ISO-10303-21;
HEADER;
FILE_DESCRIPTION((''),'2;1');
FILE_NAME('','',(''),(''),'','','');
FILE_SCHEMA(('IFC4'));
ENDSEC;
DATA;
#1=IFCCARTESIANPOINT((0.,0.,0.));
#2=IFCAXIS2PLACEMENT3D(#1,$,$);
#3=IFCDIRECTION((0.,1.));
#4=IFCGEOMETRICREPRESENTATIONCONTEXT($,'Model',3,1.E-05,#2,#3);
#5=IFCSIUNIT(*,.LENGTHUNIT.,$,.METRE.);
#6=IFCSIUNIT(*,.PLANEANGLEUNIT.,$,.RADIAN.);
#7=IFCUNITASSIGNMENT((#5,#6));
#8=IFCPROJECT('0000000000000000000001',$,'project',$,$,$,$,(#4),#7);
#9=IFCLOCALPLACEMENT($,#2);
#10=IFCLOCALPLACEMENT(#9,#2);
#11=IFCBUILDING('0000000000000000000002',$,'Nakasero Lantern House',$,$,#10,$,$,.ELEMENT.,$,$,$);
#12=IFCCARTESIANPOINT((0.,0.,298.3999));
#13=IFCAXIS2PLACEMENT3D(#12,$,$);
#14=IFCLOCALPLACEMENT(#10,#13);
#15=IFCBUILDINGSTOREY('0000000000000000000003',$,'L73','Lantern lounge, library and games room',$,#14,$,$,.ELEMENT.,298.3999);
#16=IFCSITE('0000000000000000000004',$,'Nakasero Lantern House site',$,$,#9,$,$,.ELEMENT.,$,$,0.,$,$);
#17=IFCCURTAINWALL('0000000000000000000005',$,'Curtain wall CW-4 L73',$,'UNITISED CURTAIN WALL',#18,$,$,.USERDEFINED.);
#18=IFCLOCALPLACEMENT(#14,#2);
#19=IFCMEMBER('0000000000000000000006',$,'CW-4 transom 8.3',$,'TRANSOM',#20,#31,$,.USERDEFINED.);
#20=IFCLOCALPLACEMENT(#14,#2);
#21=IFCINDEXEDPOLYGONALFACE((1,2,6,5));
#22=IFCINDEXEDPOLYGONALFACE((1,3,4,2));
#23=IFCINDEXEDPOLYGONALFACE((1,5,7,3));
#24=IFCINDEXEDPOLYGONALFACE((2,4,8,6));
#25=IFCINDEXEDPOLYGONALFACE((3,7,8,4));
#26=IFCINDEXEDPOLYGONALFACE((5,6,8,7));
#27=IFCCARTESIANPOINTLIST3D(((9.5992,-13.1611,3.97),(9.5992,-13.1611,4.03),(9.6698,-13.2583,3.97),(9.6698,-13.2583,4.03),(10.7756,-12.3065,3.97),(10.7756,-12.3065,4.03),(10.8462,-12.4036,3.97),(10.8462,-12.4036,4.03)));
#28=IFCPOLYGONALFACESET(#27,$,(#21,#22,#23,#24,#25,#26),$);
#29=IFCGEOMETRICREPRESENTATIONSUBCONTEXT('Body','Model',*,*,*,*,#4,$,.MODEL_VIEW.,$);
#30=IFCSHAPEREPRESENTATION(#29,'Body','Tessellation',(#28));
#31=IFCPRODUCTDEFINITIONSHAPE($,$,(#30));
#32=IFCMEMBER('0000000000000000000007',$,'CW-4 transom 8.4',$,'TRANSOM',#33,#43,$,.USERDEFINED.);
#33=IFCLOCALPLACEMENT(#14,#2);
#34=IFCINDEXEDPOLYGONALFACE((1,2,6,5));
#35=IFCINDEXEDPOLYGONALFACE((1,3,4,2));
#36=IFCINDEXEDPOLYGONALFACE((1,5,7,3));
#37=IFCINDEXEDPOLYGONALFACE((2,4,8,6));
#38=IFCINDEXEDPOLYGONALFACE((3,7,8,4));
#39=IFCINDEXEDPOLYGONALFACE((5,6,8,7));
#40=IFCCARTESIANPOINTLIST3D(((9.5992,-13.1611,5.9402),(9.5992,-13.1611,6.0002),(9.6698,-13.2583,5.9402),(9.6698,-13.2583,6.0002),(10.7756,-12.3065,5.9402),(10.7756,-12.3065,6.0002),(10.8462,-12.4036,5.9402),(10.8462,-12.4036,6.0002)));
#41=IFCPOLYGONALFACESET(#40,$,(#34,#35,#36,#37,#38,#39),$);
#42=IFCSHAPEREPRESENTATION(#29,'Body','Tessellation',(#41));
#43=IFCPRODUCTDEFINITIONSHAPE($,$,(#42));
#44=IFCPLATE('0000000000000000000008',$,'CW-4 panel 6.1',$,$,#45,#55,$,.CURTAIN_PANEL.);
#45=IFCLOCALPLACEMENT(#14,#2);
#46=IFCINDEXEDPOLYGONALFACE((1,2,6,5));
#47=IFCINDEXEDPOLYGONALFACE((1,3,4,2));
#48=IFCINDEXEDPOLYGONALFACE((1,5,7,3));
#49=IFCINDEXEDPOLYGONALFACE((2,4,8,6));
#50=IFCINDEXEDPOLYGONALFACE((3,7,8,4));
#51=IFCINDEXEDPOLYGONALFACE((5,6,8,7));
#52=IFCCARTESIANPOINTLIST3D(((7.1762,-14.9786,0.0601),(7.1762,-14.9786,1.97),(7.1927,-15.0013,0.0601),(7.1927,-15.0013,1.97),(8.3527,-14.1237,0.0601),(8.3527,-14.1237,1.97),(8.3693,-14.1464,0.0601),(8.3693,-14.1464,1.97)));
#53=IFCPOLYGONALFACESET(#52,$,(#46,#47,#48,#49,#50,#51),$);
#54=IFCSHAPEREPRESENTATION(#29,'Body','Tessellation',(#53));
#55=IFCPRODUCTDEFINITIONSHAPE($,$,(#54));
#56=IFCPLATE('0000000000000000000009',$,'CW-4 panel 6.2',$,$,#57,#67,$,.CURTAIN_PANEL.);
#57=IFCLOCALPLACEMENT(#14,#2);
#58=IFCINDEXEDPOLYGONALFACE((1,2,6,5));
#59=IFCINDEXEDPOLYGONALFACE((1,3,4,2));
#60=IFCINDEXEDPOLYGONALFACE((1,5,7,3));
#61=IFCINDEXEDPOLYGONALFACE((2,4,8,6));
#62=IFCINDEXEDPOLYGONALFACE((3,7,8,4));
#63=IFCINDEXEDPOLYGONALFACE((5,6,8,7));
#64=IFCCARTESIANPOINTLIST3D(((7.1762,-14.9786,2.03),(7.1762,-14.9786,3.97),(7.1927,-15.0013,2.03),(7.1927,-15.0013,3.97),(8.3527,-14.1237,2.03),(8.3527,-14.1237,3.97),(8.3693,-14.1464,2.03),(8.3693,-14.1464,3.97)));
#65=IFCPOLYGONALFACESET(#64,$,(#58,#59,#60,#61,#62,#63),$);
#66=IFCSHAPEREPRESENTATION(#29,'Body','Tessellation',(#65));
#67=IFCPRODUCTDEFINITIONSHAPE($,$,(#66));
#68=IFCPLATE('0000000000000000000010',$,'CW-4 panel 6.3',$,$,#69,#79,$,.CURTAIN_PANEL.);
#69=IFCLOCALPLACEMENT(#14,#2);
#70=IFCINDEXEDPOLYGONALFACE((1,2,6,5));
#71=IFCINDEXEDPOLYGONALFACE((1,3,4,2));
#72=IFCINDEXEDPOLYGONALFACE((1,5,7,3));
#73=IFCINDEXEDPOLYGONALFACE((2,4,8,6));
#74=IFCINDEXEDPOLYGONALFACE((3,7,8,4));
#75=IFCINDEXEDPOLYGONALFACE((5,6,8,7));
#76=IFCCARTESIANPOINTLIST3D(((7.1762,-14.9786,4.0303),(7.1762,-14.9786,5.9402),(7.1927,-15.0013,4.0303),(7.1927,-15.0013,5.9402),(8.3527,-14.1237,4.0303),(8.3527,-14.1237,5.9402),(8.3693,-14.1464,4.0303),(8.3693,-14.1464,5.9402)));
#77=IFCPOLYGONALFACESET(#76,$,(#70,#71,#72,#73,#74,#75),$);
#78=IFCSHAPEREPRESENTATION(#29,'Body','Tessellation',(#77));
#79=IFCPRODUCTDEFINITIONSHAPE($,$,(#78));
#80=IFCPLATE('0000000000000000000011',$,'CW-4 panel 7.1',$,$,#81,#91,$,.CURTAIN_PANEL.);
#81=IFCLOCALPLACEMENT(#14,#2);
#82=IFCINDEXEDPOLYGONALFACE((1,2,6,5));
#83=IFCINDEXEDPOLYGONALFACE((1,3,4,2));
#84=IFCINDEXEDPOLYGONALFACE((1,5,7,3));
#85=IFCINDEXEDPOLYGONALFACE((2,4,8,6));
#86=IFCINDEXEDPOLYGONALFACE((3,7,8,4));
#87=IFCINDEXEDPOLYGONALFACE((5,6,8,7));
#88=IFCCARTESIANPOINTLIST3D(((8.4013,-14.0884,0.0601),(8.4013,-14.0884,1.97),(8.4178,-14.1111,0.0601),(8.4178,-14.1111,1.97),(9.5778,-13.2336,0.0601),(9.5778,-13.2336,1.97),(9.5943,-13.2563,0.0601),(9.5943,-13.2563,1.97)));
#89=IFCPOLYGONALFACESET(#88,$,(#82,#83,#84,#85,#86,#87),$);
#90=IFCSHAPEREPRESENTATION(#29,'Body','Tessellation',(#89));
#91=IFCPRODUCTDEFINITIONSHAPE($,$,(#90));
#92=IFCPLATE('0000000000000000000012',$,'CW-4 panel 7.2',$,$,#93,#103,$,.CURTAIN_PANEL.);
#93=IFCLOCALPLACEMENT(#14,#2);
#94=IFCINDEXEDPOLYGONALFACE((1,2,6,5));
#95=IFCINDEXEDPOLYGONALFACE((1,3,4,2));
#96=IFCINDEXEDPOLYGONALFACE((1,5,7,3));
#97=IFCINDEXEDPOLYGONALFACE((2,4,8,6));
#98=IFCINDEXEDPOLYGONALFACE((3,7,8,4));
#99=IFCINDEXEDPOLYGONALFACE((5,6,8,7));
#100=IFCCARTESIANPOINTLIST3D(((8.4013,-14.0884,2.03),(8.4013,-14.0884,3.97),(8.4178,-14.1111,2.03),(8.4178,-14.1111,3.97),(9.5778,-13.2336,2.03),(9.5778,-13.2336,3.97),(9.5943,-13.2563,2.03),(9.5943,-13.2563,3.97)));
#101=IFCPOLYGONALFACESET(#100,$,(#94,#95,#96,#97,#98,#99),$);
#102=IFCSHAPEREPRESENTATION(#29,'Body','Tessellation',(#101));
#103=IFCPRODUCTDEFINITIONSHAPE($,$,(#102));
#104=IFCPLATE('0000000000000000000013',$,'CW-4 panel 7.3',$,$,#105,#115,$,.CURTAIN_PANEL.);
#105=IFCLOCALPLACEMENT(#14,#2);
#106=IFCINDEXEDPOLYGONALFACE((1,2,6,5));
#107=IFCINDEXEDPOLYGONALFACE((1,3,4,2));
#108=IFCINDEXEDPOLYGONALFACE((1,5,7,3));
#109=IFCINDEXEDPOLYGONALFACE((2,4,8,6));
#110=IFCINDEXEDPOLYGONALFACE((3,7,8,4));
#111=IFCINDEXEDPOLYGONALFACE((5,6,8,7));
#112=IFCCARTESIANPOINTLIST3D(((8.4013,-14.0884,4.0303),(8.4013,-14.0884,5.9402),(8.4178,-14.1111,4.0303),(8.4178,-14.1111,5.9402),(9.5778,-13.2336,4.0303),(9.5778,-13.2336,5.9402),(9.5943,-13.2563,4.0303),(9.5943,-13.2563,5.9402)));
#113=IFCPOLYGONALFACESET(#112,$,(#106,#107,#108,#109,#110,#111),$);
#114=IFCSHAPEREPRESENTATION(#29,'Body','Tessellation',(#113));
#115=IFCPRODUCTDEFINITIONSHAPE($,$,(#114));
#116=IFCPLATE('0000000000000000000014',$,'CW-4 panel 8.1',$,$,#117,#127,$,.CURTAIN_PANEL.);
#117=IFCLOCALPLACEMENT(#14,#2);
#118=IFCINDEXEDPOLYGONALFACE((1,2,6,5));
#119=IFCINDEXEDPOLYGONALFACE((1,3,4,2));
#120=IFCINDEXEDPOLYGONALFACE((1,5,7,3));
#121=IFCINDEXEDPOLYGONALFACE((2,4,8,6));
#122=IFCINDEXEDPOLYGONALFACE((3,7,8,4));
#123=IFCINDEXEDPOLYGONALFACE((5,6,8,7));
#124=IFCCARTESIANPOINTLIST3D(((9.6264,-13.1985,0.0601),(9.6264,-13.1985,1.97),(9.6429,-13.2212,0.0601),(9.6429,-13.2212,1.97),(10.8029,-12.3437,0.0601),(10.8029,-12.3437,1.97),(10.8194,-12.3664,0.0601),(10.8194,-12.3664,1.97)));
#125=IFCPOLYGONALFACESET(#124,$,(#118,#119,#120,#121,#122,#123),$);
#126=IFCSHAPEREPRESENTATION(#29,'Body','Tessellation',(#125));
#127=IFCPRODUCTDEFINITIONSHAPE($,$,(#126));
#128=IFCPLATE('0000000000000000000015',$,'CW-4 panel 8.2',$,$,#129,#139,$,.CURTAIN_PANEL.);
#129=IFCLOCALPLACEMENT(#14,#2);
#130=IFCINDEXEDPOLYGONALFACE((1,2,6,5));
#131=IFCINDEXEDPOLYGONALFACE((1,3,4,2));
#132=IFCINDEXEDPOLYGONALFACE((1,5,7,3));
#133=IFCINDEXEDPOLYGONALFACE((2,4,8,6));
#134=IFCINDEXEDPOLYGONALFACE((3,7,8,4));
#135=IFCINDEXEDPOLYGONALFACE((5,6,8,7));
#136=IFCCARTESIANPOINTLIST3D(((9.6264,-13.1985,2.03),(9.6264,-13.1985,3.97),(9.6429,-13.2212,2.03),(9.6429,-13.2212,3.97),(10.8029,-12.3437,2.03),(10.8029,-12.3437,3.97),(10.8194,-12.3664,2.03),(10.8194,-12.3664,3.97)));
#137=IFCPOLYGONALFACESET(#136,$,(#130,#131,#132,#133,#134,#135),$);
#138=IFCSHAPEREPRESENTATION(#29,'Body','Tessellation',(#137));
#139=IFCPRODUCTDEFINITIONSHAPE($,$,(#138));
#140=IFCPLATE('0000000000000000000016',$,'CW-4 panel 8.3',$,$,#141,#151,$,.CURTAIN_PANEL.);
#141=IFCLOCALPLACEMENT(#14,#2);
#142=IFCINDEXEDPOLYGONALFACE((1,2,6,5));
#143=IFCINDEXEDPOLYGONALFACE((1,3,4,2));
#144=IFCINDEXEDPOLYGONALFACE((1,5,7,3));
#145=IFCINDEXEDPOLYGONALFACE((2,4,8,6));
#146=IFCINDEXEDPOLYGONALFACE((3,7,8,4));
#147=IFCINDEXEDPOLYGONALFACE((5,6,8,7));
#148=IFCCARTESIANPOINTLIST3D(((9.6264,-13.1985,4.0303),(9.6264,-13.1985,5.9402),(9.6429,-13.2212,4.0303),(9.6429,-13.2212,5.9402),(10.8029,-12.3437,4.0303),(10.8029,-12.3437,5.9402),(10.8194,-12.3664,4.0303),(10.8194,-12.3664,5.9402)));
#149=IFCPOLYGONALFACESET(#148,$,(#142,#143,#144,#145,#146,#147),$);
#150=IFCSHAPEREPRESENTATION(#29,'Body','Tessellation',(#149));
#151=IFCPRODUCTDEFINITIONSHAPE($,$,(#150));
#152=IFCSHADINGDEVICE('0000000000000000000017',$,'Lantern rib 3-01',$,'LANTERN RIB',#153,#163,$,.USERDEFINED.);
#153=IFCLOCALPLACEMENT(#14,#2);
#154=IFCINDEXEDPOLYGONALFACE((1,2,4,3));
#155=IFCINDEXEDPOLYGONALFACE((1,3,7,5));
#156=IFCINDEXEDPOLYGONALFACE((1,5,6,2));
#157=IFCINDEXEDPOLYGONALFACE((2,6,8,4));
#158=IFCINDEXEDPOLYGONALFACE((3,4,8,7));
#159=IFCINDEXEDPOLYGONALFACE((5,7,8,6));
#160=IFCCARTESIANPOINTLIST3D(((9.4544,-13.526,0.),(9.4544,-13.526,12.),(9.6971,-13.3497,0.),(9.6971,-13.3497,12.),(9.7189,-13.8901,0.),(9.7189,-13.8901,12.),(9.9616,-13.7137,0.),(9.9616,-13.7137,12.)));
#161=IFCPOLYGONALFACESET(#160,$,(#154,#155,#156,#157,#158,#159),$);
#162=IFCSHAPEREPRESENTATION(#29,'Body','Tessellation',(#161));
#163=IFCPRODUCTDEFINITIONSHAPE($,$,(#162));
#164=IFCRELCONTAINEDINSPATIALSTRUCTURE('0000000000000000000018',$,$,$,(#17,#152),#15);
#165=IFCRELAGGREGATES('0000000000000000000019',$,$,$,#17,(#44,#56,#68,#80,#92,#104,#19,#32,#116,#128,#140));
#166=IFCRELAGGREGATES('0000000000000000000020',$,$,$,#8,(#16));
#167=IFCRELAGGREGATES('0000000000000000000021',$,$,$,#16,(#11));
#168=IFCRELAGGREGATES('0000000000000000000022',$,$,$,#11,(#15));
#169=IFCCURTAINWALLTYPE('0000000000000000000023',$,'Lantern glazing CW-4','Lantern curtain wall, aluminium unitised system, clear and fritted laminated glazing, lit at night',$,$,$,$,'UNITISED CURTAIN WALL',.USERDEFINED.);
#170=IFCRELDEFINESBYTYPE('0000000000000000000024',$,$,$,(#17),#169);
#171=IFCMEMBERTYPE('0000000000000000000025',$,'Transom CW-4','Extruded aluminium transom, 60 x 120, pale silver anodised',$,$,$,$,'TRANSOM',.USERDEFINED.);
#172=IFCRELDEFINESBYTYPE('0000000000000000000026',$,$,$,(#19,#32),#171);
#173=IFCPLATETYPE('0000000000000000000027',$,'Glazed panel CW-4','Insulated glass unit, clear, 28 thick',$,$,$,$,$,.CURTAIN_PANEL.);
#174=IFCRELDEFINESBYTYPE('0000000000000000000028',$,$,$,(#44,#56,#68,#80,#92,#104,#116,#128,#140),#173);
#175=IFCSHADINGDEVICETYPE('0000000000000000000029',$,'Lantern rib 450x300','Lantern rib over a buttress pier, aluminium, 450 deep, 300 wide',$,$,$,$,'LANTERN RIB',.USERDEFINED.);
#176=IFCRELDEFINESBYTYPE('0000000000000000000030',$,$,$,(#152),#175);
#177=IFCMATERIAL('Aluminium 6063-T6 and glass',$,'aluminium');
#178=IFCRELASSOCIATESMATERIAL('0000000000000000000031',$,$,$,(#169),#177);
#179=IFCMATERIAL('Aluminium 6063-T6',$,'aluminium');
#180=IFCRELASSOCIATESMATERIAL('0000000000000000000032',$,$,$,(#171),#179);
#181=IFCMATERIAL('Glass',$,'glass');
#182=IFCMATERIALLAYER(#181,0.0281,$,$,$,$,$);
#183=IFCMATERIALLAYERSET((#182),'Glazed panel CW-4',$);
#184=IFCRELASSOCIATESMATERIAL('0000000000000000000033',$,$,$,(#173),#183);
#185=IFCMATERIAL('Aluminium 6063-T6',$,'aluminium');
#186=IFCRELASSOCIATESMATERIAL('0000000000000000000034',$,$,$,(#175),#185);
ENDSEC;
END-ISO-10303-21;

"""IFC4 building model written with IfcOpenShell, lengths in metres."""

from ifc_helpers import new_model, si_unit, direction, frame, origin, origin_2d, place, context, subcontext, project, spatial, rectangle, extrude, material, layer, layer_set, material_profile, profile_set, type_object, element, aggregate, save


model = new_model("IFC4")

# Units and contexts
model_context = context("Model", 3, precision=1e-05, world=origin(), true_north=direction((0.0, 1.0)))
body_context = subcontext(model_context, "Body", "Model", "MODEL_VIEW")
ifc_project = project(units=[si_unit("LENGTHUNIT", "METRE"), si_unit("PLANEANGLEUNIT", "RADIAN")], contexts=[model_context])

# Site, building, storey
site_placement = place(None, origin())
site = spatial("IfcSite", under=ifc_project, at=site_placement, Name="Nakasero Lantern House site", CompositionType="ELEMENT", RefElevation=0.0)
building_placement = place(site_placement, origin())
building = spatial("IfcBuilding", under=site, at=building_placement, Name="Nakasero Lantern House", CompositionType="ELEMENT")
storey_placement = place(building_placement, frame((0.0, 0.0, 298.3999)))
storey = spatial("IfcBuildingStorey", under=building, at=storey_placement, Name="L73", Description="Lantern lounge, library and games room", CompositionType="ELEMENT", Elevation=298.3999)

# Curtain wall
ifc_material_1 = material(Name="Aluminium 6063-T6 and glass", Category="aluminium")
curtain_wall_type = type_object("IfcCurtainWallType", Name="Lantern glazing CW-4", Description="Lantern curtain wall, aluminium unitised system, clear and fritted laminated glazing, lit at night", ElementType="UNITISED CURTAIN WALL", PredefinedType="USERDEFINED", material=ifc_material_1)
curtain_wall_placement = place(storey_placement, origin())
curtain_wall = element("IfcCurtainWall", 1, at=curtain_wall_placement, inside=storey, type_object=curtain_wall_type, Name="Curtain wall CW-4 L73", ObjectType="UNITISED CURTAIN WALL", PredefinedType="USERDEFINED")

# Members
ifc_material_2 = material(Name="Aluminium 6063-T6", Category="aluminium")
ifc_material_profile_1 = material_profile(ifc_material_2, rectangle(XDim=0.0601, YDim=0.1201, at=origin_2d()), Name="CW-4 transom 60x120")
ifc_profile_set_1 = profile_set([ifc_material_profile_1], Name="Aluminium 6063-T6")
member_type_1 = type_object("IfcMemberType", Name="Transom CW-4", Description="Extruded aluminium transom, 60 x 120, pale silver anodised", ElementType="TRANSOM", PredefinedType="USERDEFINED", material=ifc_profile_set_1)
member_1_placement = place(storey_placement, frame((9.6345, -13.2097, 4.0), z_axis=(0.809034, 0.587762, 0.0), x_axis=(0.0, 0.0, 1.0)))
member_1 = element("IfcMember", 2, at=member_1_placement, type_object=member_type_1, Name="CW-4 transom 8.3", ObjectType="TRANSOM", PredefinedType="USERDEFINED", context=body_context, shape_type="SweptSolid", body=[
    extrude(rectangle(XDim=0.0601, YDim=0.1201, at=origin_2d()), origin(), (0.0, 0.0, 1.0), 1.4541),
])
member_2_placement = place(storey_placement, frame((9.6345, -13.2097, 5.9702), z_axis=(0.809034, 0.587762, 0.0), x_axis=(0.0, 0.0, 1.0)))
member_2 = element("IfcMember", 3, at=member_2_placement, type_object=member_type_1, Name="CW-4 transom 8.4", ObjectType="TRANSOM", PredefinedType="USERDEFINED", context=body_context, shape_type="SweptSolid", body=[
    extrude(rectangle(XDim=0.0601, YDim=0.1201, at=origin_2d()), origin(), (0.0, 0.0, 1.0), 1.4541),
])

# Plates
ifc_material_3 = material(Name="Glass", Category="glass")
ifc_layer = layer(ifc_material_3, 0.0281)
ifc_layer_set = layer_set([ifc_layer], Name="Glazed panel CW-4")
plate_type = type_object("IfcPlateType", Name="Glazed panel CW-4", Description="Insulated glass unit, clear, 28 thick", PredefinedType="CURTAIN_PANEL", material=ifc_layer_set)
plate_1_placement = place(storey_placement, frame((7.7727, -14.5625, 0.0601), z_axis=(0.0, 0.0, 1.0), x_axis=(0.809017, 0.587785, 0.0)))
plate_1 = element("IfcPlate", 4, at=plate_1_placement, type_object=plate_type, Name="CW-4 panel 6.1", PredefinedType="CURTAIN_PANEL", context=body_context, shape_type="SweptSolid", body=[
    extrude(rectangle(XDim=1.4543, YDim=0.0281, at=origin_2d()), origin(), (0.0, 0.0, 1.0), 1.9099),
])
plate_2_placement = place(storey_placement, frame((7.7727, -14.5625, 2.03), z_axis=(0.0, 0.0, 1.0), x_axis=(0.809017, 0.587785, 0.0)))
plate_2 = element("IfcPlate", 5, at=plate_2_placement, type_object=plate_type, Name="CW-4 panel 6.2", PredefinedType="CURTAIN_PANEL", context=body_context, shape_type="SweptSolid", body=[
    extrude(rectangle(XDim=1.4543, YDim=0.0281, at=origin_2d()), origin(), (0.0, 0.0, 1.0), 1.9399),
])
plate_3_placement = place(storey_placement, frame((7.7727, -14.5625, 4.0303), z_axis=(0.0, 0.0, 1.0), x_axis=(0.809017, 0.587785, 0.0)))
plate_3 = element("IfcPlate", 6, at=plate_3_placement, type_object=plate_type, Name="CW-4 panel 6.3", PredefinedType="CURTAIN_PANEL", context=body_context, shape_type="SweptSolid", body=[
    extrude(rectangle(XDim=1.4543, YDim=0.0281, at=origin_2d()), origin(), (0.0, 0.0, 1.0), 1.9099),
])
plate_4_placement = place(storey_placement, frame((8.9978, -13.6724, 0.0601), z_axis=(0.0, 0.0, 1.0), x_axis=(0.809017, 0.587785, 0.0)))
plate_4 = element("IfcPlate", 7, at=plate_4_placement, type_object=plate_type, Name="CW-4 panel 7.1", PredefinedType="CURTAIN_PANEL", context=body_context, shape_type="SweptSolid", body=[
    extrude(rectangle(XDim=1.4543, YDim=0.0281, at=origin_2d()), origin(), (0.0, 0.0, 1.0), 1.9099),
])
plate_5_placement = place(storey_placement, frame((8.9978, -13.6724, 2.03), z_axis=(0.0, 0.0, 1.0), x_axis=(0.809017, 0.587785, 0.0)))
plate_5 = element("IfcPlate", 8, at=plate_5_placement, type_object=plate_type, Name="CW-4 panel 7.2", PredefinedType="CURTAIN_PANEL", context=body_context, shape_type="SweptSolid", body=[
    extrude(rectangle(XDim=1.4543, YDim=0.0281, at=origin_2d()), origin(), (0.0, 0.0, 1.0), 1.9399),
])
plate_6_placement = place(storey_placement, frame((8.9978, -13.6724, 4.0303), z_axis=(0.0, 0.0, 1.0), x_axis=(0.809017, 0.587785, 0.0)))
plate_6 = element("IfcPlate", 9, at=plate_6_placement, type_object=plate_type, Name="CW-4 panel 7.3", PredefinedType="CURTAIN_PANEL", context=body_context, shape_type="SweptSolid", body=[
    extrude(rectangle(XDim=1.4543, YDim=0.0281, at=origin_2d()), origin(), (0.0, 0.0, 1.0), 1.9099),
])
plate_7_placement = place(storey_placement, frame((10.2229, -12.7825, 0.0601), z_axis=(0.0, 0.0, 1.0), x_axis=(0.809017, 0.587785, 0.0)))
plate_7 = element("IfcPlate", 10, at=plate_7_placement, type_object=plate_type, Name="CW-4 panel 8.1", PredefinedType="CURTAIN_PANEL", context=body_context, shape_type="SweptSolid", body=[
    extrude(rectangle(XDim=1.4543, YDim=0.0281, at=origin_2d()), origin(), (0.0, 0.0, 1.0), 1.9099),
])
plate_8_placement = place(storey_placement, frame((10.2229, -12.7825, 2.03), z_axis=(0.0, 0.0, 1.0), x_axis=(0.809017, 0.587785, 0.0)))
plate_8 = element("IfcPlate", 11, at=plate_8_placement, type_object=plate_type, Name="CW-4 panel 8.2", PredefinedType="CURTAIN_PANEL", context=body_context, shape_type="SweptSolid", body=[
    extrude(rectangle(XDim=1.4543, YDim=0.0281, at=origin_2d()), origin(), (0.0, 0.0, 1.0), 1.9399),
])
plate_9_placement = place(storey_placement, frame((10.2229, -12.7825, 4.0303), z_axis=(0.0, 0.0, 1.0), x_axis=(0.809017, 0.587785, 0.0)))
plate_9 = element("IfcPlate", 12, at=plate_9_placement, type_object=plate_type, Name="CW-4 panel 8.3", PredefinedType="CURTAIN_PANEL", context=body_context, shape_type="SweptSolid", body=[
    extrude(rectangle(XDim=1.4543, YDim=0.0281, at=origin_2d()), origin(), (0.0, 0.0, 1.0), 1.9099),
])
aggregate(curtain_wall, [plate_1, plate_2, plate_3, plate_4, plate_5, plate_6, member_1, member_2, plate_7, plate_8, plate_9])

# Shading device
ifc_material_4 = material(Name="Aluminium 6063-T6", Category="aluminium")
shading_device_type = type_object("IfcShadingDeviceType", Name="Lantern rib 450x300", Description="Lantern rib over a buttress pier, aluminium, 450 deep, 300 wide", ElementType="LANTERN RIB", PredefinedType="USERDEFINED", material=ifc_material_4)
shading_device_placement = place(storey_placement, frame((9.708, -13.6199, 0.0), z_axis=(0.0, 0.0, 1.0), x_axis=(0.587785, -0.809017, 0.0)))
element("IfcShadingDevice", 13, at=shading_device_placement, inside=storey, type_object=shading_device_type, Name="Lantern rib 3-01", ObjectType="LANTERN RIB", PredefinedType="USERDEFINED", context=body_context, shape_type="SweptSolid", body=[
    extrude(rectangle(XDim=0.45, YDim=0.3, at=origin_2d()), origin(), (0.0, 0.0, 1.0), 12.0),
])

save(model, "model.ifc")
